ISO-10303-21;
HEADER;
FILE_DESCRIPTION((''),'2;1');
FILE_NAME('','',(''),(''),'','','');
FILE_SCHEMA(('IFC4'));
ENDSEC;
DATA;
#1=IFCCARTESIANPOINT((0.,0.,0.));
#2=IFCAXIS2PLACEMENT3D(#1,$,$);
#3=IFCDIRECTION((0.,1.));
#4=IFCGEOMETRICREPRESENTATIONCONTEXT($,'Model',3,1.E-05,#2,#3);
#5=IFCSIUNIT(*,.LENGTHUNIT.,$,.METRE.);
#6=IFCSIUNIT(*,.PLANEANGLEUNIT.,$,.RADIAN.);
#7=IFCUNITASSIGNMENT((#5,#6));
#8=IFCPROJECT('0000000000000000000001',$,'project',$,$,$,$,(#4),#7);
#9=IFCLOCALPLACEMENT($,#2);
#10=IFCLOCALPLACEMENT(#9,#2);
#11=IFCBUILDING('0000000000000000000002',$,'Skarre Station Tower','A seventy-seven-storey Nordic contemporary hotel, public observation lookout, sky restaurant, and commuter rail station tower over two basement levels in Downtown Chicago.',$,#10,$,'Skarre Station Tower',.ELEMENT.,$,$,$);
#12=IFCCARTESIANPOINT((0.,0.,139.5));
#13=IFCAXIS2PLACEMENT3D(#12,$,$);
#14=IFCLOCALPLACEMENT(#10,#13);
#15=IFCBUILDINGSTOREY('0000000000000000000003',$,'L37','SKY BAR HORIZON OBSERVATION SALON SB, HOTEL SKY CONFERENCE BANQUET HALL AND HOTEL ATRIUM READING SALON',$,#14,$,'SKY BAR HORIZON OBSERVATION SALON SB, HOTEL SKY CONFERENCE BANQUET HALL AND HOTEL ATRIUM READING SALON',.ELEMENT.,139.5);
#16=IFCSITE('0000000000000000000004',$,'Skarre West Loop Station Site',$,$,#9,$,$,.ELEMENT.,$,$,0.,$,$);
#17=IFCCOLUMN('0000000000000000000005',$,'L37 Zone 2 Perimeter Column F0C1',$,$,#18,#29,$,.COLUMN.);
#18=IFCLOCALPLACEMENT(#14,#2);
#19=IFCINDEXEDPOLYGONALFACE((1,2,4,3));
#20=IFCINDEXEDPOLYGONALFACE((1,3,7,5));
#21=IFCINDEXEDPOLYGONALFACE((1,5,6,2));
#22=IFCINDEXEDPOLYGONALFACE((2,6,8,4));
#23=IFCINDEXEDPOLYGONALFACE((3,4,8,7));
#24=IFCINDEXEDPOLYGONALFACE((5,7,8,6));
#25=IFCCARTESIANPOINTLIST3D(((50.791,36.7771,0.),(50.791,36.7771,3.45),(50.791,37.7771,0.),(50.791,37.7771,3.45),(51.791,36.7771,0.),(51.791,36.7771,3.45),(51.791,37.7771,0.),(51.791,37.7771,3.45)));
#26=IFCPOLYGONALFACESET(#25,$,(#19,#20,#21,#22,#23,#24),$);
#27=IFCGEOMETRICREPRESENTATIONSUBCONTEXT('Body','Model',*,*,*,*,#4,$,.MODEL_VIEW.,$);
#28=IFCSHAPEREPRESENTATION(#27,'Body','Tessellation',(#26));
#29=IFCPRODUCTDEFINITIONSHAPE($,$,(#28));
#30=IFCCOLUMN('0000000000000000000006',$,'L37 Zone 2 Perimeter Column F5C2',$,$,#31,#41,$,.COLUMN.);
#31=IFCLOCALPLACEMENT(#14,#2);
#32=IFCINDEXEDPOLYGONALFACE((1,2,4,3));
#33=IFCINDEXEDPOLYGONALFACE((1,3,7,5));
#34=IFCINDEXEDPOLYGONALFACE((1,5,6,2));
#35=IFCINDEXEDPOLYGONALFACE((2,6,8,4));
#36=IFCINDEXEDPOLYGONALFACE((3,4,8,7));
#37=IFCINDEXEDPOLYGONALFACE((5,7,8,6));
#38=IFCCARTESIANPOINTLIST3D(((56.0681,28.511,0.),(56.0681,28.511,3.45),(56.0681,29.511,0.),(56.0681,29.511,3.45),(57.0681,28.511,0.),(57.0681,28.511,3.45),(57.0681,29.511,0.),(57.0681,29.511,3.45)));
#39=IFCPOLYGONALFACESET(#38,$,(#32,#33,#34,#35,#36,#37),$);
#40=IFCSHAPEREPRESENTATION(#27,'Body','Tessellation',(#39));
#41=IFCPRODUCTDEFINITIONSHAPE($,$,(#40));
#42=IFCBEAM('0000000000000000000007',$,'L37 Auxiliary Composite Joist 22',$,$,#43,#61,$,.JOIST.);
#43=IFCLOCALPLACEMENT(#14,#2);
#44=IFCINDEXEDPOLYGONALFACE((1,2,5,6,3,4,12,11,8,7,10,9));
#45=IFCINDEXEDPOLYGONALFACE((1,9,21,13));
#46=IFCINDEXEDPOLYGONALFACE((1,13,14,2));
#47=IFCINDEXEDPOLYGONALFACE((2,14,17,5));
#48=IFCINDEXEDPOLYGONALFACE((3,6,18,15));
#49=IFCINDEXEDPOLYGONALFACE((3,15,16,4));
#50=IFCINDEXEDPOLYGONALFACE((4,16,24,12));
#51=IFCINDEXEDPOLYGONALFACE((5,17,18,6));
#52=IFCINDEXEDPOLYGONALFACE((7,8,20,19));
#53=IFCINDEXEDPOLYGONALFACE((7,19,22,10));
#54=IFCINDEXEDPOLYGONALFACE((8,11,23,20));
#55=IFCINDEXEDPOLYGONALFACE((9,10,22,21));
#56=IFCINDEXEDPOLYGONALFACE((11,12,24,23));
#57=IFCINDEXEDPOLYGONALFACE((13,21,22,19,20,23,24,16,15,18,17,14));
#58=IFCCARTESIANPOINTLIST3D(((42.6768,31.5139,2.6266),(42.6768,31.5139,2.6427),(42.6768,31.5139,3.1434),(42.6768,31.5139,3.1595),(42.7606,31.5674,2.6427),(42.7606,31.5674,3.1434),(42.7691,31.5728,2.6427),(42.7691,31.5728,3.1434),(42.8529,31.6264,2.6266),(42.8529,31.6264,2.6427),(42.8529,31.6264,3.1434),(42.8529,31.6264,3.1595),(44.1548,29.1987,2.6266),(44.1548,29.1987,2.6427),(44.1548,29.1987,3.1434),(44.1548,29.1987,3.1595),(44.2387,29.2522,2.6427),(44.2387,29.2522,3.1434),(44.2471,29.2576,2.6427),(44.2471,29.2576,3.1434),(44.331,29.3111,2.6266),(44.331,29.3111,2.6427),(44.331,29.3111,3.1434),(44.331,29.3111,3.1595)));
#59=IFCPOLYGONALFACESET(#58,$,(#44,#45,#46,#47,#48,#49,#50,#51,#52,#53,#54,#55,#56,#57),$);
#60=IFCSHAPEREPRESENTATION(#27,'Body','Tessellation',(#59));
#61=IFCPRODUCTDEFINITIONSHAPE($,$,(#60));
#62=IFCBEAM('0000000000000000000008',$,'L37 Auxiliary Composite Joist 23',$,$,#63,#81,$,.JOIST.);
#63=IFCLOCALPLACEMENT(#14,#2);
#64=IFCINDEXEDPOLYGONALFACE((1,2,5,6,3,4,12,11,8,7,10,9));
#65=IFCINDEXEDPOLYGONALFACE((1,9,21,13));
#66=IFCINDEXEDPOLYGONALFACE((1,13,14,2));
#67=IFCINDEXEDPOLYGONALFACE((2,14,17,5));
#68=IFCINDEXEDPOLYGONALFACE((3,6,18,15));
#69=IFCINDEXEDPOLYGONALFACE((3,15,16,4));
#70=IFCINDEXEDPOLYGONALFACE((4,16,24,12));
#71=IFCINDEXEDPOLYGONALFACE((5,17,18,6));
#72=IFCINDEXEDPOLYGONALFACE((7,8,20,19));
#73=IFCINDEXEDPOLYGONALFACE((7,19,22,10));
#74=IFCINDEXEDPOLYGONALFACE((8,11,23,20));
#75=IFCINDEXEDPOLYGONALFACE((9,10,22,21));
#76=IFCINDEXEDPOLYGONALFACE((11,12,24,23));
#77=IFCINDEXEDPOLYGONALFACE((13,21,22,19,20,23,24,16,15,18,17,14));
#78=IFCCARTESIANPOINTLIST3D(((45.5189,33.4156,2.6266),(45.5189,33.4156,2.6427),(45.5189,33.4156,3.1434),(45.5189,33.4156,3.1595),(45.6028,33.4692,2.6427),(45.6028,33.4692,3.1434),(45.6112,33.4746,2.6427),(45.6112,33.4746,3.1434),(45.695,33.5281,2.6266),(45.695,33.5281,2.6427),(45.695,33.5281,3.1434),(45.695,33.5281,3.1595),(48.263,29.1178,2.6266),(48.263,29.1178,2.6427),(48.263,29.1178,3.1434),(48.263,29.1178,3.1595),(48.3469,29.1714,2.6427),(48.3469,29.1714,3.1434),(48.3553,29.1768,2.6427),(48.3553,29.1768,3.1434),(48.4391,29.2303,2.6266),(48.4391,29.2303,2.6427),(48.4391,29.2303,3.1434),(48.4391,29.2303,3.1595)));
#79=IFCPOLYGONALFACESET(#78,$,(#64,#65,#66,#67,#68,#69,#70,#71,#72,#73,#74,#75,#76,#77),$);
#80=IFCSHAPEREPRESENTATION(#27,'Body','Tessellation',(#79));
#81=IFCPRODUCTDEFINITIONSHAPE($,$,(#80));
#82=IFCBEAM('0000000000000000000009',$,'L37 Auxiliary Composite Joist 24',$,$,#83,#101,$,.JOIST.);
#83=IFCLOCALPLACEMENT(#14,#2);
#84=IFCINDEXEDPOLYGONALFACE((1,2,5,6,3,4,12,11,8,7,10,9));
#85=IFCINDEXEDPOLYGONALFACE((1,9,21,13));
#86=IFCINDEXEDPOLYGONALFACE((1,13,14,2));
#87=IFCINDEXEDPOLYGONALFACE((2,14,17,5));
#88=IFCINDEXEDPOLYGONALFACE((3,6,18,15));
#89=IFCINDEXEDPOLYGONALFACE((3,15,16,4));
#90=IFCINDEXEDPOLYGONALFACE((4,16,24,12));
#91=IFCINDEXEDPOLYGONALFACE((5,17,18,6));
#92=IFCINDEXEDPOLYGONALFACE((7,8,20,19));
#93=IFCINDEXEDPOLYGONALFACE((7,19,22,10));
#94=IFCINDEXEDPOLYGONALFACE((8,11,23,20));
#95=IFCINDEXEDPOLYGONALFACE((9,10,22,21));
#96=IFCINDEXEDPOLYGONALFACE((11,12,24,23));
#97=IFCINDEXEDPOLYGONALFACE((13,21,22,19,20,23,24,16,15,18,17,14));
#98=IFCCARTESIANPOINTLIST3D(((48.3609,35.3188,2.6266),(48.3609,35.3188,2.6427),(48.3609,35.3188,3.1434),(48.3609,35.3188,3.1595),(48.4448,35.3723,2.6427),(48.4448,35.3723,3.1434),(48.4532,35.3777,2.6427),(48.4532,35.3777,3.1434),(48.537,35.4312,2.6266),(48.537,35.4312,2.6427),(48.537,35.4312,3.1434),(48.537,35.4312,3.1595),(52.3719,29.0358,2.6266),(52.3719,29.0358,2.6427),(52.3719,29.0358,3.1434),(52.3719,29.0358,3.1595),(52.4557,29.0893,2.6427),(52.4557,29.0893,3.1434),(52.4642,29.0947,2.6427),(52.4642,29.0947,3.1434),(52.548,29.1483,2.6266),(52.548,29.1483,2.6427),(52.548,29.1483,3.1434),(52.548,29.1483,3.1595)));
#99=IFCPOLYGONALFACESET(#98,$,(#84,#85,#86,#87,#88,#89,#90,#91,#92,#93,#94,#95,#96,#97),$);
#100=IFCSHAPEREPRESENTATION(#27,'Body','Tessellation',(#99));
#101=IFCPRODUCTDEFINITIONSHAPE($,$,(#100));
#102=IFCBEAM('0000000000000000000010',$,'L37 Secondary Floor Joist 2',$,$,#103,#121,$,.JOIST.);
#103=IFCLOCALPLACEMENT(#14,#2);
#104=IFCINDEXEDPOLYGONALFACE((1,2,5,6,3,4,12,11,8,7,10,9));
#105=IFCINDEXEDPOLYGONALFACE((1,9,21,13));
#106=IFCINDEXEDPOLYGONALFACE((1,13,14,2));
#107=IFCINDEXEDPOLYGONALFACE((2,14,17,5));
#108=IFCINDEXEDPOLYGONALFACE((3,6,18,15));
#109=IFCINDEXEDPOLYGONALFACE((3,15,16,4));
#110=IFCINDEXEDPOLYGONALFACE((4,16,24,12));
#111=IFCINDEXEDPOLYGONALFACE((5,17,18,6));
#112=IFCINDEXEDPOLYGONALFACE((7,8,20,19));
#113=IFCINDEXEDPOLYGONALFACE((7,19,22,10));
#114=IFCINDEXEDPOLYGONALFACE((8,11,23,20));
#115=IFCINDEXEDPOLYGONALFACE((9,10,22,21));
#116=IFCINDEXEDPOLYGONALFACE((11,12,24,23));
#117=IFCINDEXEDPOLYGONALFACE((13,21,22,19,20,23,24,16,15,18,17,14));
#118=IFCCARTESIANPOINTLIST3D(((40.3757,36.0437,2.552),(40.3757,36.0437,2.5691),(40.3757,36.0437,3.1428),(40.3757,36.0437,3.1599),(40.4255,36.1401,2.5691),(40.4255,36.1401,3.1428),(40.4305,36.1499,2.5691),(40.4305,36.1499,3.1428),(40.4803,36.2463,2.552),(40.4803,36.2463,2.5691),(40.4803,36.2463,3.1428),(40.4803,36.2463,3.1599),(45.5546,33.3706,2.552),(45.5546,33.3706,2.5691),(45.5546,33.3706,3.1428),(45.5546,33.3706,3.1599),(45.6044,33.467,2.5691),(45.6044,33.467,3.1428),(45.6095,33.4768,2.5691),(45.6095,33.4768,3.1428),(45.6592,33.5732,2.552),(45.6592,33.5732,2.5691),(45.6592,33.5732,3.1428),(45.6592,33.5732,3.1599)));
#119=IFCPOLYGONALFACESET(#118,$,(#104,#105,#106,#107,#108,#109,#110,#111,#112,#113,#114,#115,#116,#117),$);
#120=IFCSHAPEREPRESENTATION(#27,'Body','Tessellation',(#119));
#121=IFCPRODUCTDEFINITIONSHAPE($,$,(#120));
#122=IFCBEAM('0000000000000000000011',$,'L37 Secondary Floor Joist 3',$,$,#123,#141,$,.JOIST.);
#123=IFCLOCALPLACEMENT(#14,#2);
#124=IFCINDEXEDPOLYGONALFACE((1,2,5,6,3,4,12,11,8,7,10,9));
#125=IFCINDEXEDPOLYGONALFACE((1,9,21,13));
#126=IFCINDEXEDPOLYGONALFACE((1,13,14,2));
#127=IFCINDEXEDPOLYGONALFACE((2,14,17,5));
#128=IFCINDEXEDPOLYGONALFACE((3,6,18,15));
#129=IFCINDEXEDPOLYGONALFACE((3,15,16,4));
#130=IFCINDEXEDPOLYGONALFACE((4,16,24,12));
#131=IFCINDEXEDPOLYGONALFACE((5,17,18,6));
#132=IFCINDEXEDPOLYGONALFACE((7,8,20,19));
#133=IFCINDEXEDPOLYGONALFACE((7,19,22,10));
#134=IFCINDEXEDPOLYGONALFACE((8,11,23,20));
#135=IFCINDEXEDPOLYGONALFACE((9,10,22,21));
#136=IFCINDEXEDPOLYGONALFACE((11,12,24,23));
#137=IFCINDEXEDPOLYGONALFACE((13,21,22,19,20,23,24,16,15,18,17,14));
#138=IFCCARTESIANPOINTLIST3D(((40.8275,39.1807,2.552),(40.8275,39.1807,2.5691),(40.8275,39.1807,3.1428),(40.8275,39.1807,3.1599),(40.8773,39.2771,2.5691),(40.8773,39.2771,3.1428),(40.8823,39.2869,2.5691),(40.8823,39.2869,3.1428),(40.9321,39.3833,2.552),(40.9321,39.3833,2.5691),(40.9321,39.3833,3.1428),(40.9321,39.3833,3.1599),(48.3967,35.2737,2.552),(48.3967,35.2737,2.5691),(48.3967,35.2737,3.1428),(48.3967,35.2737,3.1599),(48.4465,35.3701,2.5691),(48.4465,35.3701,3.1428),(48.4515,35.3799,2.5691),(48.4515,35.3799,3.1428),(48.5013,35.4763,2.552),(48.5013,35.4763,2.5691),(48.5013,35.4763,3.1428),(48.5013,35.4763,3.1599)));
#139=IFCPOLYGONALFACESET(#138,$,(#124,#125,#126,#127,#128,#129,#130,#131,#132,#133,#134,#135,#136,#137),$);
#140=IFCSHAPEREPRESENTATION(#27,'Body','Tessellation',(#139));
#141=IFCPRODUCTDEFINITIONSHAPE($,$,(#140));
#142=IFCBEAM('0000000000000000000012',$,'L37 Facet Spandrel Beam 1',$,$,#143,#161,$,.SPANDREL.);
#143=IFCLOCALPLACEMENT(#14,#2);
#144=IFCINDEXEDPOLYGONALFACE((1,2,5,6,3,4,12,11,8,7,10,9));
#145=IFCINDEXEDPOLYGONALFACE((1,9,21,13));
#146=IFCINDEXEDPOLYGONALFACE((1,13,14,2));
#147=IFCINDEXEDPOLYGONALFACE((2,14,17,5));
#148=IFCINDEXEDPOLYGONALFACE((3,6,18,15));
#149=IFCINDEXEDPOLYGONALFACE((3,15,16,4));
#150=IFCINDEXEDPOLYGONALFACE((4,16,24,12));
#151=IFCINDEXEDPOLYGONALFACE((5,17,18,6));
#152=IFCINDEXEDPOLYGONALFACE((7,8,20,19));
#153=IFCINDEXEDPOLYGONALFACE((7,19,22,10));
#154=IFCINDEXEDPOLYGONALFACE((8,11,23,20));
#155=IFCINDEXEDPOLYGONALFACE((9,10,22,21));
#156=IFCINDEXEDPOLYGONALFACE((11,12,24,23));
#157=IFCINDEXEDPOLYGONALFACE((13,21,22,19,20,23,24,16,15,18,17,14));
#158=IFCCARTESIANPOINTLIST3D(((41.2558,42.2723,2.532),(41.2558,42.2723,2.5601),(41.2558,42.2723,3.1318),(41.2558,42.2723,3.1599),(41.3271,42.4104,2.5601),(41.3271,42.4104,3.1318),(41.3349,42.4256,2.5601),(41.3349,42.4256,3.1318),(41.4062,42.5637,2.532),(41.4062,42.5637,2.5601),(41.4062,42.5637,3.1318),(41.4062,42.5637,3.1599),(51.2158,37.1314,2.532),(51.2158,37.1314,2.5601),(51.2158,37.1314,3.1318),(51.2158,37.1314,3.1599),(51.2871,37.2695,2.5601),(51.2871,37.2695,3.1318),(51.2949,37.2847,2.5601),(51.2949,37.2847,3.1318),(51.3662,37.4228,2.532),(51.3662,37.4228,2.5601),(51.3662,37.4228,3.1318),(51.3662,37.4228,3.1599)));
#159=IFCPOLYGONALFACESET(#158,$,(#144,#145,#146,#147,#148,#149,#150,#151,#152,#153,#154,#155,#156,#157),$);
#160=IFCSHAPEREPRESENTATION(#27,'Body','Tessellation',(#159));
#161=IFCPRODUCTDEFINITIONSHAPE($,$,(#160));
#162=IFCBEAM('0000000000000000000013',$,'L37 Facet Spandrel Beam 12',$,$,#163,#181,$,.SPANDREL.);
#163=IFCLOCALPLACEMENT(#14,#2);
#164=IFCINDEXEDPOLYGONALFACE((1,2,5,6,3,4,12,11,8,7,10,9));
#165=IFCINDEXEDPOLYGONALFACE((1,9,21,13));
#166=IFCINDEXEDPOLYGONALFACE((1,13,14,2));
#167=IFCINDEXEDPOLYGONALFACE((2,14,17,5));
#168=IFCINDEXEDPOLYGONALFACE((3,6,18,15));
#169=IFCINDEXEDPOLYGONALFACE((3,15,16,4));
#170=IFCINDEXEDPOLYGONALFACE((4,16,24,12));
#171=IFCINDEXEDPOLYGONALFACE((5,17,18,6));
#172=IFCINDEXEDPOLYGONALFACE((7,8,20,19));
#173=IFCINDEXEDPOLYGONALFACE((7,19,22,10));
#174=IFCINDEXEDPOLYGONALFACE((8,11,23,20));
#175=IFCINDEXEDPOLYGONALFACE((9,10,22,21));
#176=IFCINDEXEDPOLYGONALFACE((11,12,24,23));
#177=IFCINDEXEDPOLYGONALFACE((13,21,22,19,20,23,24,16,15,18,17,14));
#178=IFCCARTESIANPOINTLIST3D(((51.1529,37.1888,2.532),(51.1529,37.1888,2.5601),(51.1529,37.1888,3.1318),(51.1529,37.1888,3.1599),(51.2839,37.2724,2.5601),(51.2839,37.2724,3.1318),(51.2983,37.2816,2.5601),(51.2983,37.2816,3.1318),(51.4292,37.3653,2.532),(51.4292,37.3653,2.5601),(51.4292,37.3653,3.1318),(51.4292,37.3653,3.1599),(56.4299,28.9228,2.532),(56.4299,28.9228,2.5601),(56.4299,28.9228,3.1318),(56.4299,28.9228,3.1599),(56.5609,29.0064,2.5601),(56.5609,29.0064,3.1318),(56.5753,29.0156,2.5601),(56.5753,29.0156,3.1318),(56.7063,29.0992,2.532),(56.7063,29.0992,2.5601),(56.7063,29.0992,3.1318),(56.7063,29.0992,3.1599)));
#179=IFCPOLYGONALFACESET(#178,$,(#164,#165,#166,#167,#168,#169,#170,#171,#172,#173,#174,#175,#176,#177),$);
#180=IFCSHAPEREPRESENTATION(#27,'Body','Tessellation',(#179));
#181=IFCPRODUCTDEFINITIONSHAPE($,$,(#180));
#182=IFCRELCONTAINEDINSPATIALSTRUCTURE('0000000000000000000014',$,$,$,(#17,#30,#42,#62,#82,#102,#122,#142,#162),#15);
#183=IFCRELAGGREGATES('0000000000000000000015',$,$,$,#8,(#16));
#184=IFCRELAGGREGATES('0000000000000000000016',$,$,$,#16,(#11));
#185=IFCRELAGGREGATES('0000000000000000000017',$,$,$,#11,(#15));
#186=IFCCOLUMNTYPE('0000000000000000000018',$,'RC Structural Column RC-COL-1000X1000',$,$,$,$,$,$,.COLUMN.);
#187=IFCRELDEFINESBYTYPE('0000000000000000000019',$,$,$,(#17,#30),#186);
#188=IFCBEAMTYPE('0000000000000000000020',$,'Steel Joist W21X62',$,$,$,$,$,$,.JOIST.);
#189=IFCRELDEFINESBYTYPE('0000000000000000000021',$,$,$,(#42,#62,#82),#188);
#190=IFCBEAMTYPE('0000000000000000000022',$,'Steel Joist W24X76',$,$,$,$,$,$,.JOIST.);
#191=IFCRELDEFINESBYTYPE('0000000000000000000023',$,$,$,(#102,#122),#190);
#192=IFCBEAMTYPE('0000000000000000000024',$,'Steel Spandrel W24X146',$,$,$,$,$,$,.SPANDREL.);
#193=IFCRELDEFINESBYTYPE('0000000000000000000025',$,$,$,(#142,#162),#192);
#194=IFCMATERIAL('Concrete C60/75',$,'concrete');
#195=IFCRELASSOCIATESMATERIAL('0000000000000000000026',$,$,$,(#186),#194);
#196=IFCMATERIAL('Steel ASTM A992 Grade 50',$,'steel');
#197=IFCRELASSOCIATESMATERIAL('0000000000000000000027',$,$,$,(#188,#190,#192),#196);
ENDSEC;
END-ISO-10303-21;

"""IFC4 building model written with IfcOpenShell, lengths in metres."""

from ifc_helpers import new_model, si_unit, direction, frame, origin, origin_2d, place, context, subcontext, project, spatial, rectangle, i_section, extrude, material, material_profile, profile_set, type_object, element, save


model = new_model("IFC4")

# Units and contexts
model_context = context("Model", 3, precision=1e-05, world=origin(), true_north=direction((0.0, 1.0)))
body_context = subcontext(model_context, "Body", "Model", "MODEL_VIEW")
ifc_project = project(units=[si_unit("LENGTHUNIT", "METRE"), si_unit("PLANEANGLEUNIT", "RADIAN")], contexts=[model_context])

# Site, building, storey
site_placement = place(None, origin())
site = spatial("IfcSite", under=ifc_project, at=site_placement, Name="Skarre West Loop Station Site", CompositionType="ELEMENT", RefElevation=0.0)
building_placement = place(site_placement, origin())
building = spatial("IfcBuilding", under=site, at=building_placement, Name="Skarre Station Tower", Description="A seventy-seven-storey Nordic contemporary hotel, public observation lookout, sky restaurant, and commuter rail station tower over two basement levels in Downtown Chicago.", LongName="Skarre Station Tower", CompositionType="ELEMENT")
storey_placement = place(building_placement, frame((0.0, 0.0, 139.5)))
storey = spatial("IfcBuildingStorey", under=building, at=storey_placement, Name="L37", Description="SKY BAR HORIZON OBSERVATION SALON SB, HOTEL SKY CONFERENCE BANQUET HALL AND HOTEL ATRIUM READING SALON", LongName="SKY BAR HORIZON OBSERVATION SALON SB, HOTEL SKY CONFERENCE BANQUET HALL AND HOTEL ATRIUM READING SALON", CompositionType="ELEMENT", Elevation=139.5)

# Columns
ifc_material_1 = material(Name="Concrete C60/75", Category="concrete")
ifc_material_profile_1 = material_profile(ifc_material_1, rectangle(XDim=1.0, YDim=1.0, at=origin_2d()), Name="Concrete C60/75")
ifc_profile_set_1 = profile_set([ifc_material_profile_1], Name="Concrete C60/75")
column_type = type_object("IfcColumnType", Name="RC Structural Column RC-COL-1000X1000", PredefinedType="COLUMN", material=ifc_profile_set_1)
for number, where, z_axis, x_axis, name in (
    (1, (51.291, 37.2771, 0.0), (0.0, 0.0, 1.0), (1.0, 0.0, 0.0), "L37 Zone 2 Perimeter Column F0C1"),
    (2, (56.5681, 29.011, 0.0), (0.0, 0.0, 1.0), (1.0, 0.0, 0.0), "L37 Zone 2 Perimeter Column F5C2"),
):
    element("IfcColumn", number, at=place(storey_placement, frame(where, z_axis=z_axis, x_axis=x_axis)), inside=storey, type_object=column_type, Name=name, PredefinedType="COLUMN", context=body_context, shape_type="SweptSolid", body=[
        extrude(rectangle(XDim=1.0, YDim=1.0, at=origin_2d()), origin(), (0.0, 0.0, 1.0), 3.45),
    ])

# Beams
ifc_material_2 = material(Name="Steel ASTM A992 Grade 50", Category="steel")
ifc_material_profile_2 = material_profile(ifc_material_2, i_section(OverallWidth=0.209, OverallDepth=0.533, WebThickness=0.01, FlangeThickness=0.0161, at=origin_2d()), Name="Steel ASTM A992 Grade 50")
ifc_profile_set_2 = profile_set([ifc_material_profile_2], Name="Steel ASTM A992 Grade 50")
beam_type_1 = type_object("IfcBeamType", Name="Steel Joist W21X62", PredefinedType="JOIST", material=ifc_profile_set_2)
beam_1_placement = place(storey_placement, frame((44.2429, 29.2549, 2.8931), z_axis=(-0.5381, 0.842881, 0.0), x_axis=(-0.842881, -0.5381, 0.0)))
element("IfcBeam", 3, at=beam_1_placement, inside=storey, type_object=beam_type_1, Name="L37 Auxiliary Composite Joist 22", PredefinedType="JOIST", context=body_context, shape_type="SweptSolid", body=[
    extrude(i_section(OverallWidth=0.209, OverallDepth=0.533, WebThickness=0.01, FlangeThickness=0.0161, at=origin_2d()), origin(), (0.0, 0.0, 1.0), 2.7468),
])
beam_2_placement = place(storey_placement, frame((48.3511, 29.1741, 2.8931), z_axis=(-0.538151, 0.842848, 0.0), x_axis=(-0.842848, -0.538151, 0.0)))
element("IfcBeam", 4, at=beam_2_placement, inside=storey, type_object=beam_type_1, Name="L37 Auxiliary Composite Joist 23", PredefinedType="JOIST", context=body_context, shape_type="SweptSolid", body=[
    extrude(i_section(OverallWidth=0.209, OverallDepth=0.533, WebThickness=0.01, FlangeThickness=0.0161, at=origin_2d()), origin(), (0.0, 0.0, 1.0), 5.0991),
])
beam_3_placement = place(storey_placement, frame((52.46, 29.092, 2.8931), z_axis=(-0.538091, 0.842886, 0.0), x_axis=(-0.842886, -0.538091, 0.0)))
element("IfcBeam", 5, at=beam_3_placement, inside=storey, type_object=beam_type_1, Name="L37 Auxiliary Composite Joist 24", PredefinedType="JOIST", context=body_context, shape_type="SweptSolid", body=[
    extrude(i_section(OverallWidth=0.209, OverallDepth=0.533, WebThickness=0.01, FlangeThickness=0.0161, at=origin_2d()), origin(), (0.0, 0.0, 1.0), 7.4541),
])
ifc_material_profile_3 = material_profile(ifc_material_2, i_section(OverallWidth=0.228, OverallDepth=0.6079, WebThickness=0.011, FlangeThickness=0.0171, at=origin_2d()), Name="Steel ASTM A992 Grade 50")
ifc_profile_set_3 = profile_set([ifc_material_profile_3], Name="Steel ASTM A992 Grade 50")
beam_type_2 = type_object("IfcBeamType", Name="Steel Joist W24X76", PredefinedType="JOIST", material=ifc_profile_set_3)
beam_4_placement = place(storey_placement, frame((45.6069, 33.4719, 2.856), z_axis=(-0.888615, 0.458655, 0.0), x_axis=(-0.458655, -0.888615, 0.0)))
element("IfcBeam", 6, at=beam_4_placement, inside=storey, type_object=beam_type_2, Name="L37 Secondary Floor Joist 2", PredefinedType="JOIST", context=body_context, shape_type="SweptSolid", body=[
    extrude(i_section(OverallWidth=0.228, OverallDepth=0.6079, WebThickness=0.011, FlangeThickness=0.0171, at=origin_2d()), origin(), (0.0, 0.0, 1.0), 5.8281),
])
beam_5_placement = place(storey_placement, frame((48.449, 35.375, 2.856), z_axis=(-0.888604, 0.458676, 0.0), x_axis=(-0.458676, -0.888604, 0.0)))
element("IfcBeam", 7, at=beam_5_placement, inside=storey, type_object=beam_type_2, Name="L37 Secondary Floor Joist 3", PredefinedType="JOIST", context=body_context, shape_type="SweptSolid", body=[
    extrude(i_section(OverallWidth=0.228, OverallDepth=0.6079, WebThickness=0.011, FlangeThickness=0.0171, at=origin_2d()), origin(), (0.0, 0.0, 1.0), 8.5181),
])
ifc_material_profile_4 = material_profile(ifc_material_2, i_section(OverallWidth=0.3279, OverallDepth=0.6279, WebThickness=0.0171, FlangeThickness=0.0281, at=origin_2d()), Name="Steel ASTM A992 Grade 50")
ifc_profile_set_4 = profile_set([ifc_material_profile_4], Name="Steel ASTM A992 Grade 50")
beam_type_3 = type_object("IfcBeamType", Name="Steel Spandrel W24X146", PredefinedType="SPANDREL", material=ifc_profile_set_4)
beam_6_placement = place(storey_placement, frame((51.291, 37.2771, 2.8459), z_axis=(-0.888612, 0.45866, 0.0), x_axis=(-0.45866, -0.888612, 0.0)))
element("IfcBeam", 8, at=beam_6_placement, inside=storey, type_object=beam_type_3, Name="L37 Facet Spandrel Beam 1", PredefinedType="SPANDREL", context=body_context, shape_type="SweptSolid", body=[
    extrude(i_section(OverallWidth=0.3279, OverallDepth=0.6279, WebThickness=0.0171, FlangeThickness=0.0281, at=origin_2d()), origin(), (0.0, 0.0, 1.0), 11.2085),
])
beam_7_placement = place(storey_placement, frame((56.5681, 29.011, 2.8459), z_axis=(-0.538098, 0.842883, 0.0), x_axis=(-0.842883, -0.538098, 0.0)))
element("IfcBeam", 9, at=beam_7_placement, inside=storey, type_object=beam_type_3, Name="L37 Facet Spandrel Beam 12", PredefinedType="SPANDREL", context=body_context, shape_type="SweptSolid", body=[
    extrude(i_section(OverallWidth=0.3279, OverallDepth=0.6279, WebThickness=0.0171, FlangeThickness=0.0281, at=origin_2d()), origin(), (0.0, 0.0, 1.0), 9.8069),
])

save(model, "model.ifc")
